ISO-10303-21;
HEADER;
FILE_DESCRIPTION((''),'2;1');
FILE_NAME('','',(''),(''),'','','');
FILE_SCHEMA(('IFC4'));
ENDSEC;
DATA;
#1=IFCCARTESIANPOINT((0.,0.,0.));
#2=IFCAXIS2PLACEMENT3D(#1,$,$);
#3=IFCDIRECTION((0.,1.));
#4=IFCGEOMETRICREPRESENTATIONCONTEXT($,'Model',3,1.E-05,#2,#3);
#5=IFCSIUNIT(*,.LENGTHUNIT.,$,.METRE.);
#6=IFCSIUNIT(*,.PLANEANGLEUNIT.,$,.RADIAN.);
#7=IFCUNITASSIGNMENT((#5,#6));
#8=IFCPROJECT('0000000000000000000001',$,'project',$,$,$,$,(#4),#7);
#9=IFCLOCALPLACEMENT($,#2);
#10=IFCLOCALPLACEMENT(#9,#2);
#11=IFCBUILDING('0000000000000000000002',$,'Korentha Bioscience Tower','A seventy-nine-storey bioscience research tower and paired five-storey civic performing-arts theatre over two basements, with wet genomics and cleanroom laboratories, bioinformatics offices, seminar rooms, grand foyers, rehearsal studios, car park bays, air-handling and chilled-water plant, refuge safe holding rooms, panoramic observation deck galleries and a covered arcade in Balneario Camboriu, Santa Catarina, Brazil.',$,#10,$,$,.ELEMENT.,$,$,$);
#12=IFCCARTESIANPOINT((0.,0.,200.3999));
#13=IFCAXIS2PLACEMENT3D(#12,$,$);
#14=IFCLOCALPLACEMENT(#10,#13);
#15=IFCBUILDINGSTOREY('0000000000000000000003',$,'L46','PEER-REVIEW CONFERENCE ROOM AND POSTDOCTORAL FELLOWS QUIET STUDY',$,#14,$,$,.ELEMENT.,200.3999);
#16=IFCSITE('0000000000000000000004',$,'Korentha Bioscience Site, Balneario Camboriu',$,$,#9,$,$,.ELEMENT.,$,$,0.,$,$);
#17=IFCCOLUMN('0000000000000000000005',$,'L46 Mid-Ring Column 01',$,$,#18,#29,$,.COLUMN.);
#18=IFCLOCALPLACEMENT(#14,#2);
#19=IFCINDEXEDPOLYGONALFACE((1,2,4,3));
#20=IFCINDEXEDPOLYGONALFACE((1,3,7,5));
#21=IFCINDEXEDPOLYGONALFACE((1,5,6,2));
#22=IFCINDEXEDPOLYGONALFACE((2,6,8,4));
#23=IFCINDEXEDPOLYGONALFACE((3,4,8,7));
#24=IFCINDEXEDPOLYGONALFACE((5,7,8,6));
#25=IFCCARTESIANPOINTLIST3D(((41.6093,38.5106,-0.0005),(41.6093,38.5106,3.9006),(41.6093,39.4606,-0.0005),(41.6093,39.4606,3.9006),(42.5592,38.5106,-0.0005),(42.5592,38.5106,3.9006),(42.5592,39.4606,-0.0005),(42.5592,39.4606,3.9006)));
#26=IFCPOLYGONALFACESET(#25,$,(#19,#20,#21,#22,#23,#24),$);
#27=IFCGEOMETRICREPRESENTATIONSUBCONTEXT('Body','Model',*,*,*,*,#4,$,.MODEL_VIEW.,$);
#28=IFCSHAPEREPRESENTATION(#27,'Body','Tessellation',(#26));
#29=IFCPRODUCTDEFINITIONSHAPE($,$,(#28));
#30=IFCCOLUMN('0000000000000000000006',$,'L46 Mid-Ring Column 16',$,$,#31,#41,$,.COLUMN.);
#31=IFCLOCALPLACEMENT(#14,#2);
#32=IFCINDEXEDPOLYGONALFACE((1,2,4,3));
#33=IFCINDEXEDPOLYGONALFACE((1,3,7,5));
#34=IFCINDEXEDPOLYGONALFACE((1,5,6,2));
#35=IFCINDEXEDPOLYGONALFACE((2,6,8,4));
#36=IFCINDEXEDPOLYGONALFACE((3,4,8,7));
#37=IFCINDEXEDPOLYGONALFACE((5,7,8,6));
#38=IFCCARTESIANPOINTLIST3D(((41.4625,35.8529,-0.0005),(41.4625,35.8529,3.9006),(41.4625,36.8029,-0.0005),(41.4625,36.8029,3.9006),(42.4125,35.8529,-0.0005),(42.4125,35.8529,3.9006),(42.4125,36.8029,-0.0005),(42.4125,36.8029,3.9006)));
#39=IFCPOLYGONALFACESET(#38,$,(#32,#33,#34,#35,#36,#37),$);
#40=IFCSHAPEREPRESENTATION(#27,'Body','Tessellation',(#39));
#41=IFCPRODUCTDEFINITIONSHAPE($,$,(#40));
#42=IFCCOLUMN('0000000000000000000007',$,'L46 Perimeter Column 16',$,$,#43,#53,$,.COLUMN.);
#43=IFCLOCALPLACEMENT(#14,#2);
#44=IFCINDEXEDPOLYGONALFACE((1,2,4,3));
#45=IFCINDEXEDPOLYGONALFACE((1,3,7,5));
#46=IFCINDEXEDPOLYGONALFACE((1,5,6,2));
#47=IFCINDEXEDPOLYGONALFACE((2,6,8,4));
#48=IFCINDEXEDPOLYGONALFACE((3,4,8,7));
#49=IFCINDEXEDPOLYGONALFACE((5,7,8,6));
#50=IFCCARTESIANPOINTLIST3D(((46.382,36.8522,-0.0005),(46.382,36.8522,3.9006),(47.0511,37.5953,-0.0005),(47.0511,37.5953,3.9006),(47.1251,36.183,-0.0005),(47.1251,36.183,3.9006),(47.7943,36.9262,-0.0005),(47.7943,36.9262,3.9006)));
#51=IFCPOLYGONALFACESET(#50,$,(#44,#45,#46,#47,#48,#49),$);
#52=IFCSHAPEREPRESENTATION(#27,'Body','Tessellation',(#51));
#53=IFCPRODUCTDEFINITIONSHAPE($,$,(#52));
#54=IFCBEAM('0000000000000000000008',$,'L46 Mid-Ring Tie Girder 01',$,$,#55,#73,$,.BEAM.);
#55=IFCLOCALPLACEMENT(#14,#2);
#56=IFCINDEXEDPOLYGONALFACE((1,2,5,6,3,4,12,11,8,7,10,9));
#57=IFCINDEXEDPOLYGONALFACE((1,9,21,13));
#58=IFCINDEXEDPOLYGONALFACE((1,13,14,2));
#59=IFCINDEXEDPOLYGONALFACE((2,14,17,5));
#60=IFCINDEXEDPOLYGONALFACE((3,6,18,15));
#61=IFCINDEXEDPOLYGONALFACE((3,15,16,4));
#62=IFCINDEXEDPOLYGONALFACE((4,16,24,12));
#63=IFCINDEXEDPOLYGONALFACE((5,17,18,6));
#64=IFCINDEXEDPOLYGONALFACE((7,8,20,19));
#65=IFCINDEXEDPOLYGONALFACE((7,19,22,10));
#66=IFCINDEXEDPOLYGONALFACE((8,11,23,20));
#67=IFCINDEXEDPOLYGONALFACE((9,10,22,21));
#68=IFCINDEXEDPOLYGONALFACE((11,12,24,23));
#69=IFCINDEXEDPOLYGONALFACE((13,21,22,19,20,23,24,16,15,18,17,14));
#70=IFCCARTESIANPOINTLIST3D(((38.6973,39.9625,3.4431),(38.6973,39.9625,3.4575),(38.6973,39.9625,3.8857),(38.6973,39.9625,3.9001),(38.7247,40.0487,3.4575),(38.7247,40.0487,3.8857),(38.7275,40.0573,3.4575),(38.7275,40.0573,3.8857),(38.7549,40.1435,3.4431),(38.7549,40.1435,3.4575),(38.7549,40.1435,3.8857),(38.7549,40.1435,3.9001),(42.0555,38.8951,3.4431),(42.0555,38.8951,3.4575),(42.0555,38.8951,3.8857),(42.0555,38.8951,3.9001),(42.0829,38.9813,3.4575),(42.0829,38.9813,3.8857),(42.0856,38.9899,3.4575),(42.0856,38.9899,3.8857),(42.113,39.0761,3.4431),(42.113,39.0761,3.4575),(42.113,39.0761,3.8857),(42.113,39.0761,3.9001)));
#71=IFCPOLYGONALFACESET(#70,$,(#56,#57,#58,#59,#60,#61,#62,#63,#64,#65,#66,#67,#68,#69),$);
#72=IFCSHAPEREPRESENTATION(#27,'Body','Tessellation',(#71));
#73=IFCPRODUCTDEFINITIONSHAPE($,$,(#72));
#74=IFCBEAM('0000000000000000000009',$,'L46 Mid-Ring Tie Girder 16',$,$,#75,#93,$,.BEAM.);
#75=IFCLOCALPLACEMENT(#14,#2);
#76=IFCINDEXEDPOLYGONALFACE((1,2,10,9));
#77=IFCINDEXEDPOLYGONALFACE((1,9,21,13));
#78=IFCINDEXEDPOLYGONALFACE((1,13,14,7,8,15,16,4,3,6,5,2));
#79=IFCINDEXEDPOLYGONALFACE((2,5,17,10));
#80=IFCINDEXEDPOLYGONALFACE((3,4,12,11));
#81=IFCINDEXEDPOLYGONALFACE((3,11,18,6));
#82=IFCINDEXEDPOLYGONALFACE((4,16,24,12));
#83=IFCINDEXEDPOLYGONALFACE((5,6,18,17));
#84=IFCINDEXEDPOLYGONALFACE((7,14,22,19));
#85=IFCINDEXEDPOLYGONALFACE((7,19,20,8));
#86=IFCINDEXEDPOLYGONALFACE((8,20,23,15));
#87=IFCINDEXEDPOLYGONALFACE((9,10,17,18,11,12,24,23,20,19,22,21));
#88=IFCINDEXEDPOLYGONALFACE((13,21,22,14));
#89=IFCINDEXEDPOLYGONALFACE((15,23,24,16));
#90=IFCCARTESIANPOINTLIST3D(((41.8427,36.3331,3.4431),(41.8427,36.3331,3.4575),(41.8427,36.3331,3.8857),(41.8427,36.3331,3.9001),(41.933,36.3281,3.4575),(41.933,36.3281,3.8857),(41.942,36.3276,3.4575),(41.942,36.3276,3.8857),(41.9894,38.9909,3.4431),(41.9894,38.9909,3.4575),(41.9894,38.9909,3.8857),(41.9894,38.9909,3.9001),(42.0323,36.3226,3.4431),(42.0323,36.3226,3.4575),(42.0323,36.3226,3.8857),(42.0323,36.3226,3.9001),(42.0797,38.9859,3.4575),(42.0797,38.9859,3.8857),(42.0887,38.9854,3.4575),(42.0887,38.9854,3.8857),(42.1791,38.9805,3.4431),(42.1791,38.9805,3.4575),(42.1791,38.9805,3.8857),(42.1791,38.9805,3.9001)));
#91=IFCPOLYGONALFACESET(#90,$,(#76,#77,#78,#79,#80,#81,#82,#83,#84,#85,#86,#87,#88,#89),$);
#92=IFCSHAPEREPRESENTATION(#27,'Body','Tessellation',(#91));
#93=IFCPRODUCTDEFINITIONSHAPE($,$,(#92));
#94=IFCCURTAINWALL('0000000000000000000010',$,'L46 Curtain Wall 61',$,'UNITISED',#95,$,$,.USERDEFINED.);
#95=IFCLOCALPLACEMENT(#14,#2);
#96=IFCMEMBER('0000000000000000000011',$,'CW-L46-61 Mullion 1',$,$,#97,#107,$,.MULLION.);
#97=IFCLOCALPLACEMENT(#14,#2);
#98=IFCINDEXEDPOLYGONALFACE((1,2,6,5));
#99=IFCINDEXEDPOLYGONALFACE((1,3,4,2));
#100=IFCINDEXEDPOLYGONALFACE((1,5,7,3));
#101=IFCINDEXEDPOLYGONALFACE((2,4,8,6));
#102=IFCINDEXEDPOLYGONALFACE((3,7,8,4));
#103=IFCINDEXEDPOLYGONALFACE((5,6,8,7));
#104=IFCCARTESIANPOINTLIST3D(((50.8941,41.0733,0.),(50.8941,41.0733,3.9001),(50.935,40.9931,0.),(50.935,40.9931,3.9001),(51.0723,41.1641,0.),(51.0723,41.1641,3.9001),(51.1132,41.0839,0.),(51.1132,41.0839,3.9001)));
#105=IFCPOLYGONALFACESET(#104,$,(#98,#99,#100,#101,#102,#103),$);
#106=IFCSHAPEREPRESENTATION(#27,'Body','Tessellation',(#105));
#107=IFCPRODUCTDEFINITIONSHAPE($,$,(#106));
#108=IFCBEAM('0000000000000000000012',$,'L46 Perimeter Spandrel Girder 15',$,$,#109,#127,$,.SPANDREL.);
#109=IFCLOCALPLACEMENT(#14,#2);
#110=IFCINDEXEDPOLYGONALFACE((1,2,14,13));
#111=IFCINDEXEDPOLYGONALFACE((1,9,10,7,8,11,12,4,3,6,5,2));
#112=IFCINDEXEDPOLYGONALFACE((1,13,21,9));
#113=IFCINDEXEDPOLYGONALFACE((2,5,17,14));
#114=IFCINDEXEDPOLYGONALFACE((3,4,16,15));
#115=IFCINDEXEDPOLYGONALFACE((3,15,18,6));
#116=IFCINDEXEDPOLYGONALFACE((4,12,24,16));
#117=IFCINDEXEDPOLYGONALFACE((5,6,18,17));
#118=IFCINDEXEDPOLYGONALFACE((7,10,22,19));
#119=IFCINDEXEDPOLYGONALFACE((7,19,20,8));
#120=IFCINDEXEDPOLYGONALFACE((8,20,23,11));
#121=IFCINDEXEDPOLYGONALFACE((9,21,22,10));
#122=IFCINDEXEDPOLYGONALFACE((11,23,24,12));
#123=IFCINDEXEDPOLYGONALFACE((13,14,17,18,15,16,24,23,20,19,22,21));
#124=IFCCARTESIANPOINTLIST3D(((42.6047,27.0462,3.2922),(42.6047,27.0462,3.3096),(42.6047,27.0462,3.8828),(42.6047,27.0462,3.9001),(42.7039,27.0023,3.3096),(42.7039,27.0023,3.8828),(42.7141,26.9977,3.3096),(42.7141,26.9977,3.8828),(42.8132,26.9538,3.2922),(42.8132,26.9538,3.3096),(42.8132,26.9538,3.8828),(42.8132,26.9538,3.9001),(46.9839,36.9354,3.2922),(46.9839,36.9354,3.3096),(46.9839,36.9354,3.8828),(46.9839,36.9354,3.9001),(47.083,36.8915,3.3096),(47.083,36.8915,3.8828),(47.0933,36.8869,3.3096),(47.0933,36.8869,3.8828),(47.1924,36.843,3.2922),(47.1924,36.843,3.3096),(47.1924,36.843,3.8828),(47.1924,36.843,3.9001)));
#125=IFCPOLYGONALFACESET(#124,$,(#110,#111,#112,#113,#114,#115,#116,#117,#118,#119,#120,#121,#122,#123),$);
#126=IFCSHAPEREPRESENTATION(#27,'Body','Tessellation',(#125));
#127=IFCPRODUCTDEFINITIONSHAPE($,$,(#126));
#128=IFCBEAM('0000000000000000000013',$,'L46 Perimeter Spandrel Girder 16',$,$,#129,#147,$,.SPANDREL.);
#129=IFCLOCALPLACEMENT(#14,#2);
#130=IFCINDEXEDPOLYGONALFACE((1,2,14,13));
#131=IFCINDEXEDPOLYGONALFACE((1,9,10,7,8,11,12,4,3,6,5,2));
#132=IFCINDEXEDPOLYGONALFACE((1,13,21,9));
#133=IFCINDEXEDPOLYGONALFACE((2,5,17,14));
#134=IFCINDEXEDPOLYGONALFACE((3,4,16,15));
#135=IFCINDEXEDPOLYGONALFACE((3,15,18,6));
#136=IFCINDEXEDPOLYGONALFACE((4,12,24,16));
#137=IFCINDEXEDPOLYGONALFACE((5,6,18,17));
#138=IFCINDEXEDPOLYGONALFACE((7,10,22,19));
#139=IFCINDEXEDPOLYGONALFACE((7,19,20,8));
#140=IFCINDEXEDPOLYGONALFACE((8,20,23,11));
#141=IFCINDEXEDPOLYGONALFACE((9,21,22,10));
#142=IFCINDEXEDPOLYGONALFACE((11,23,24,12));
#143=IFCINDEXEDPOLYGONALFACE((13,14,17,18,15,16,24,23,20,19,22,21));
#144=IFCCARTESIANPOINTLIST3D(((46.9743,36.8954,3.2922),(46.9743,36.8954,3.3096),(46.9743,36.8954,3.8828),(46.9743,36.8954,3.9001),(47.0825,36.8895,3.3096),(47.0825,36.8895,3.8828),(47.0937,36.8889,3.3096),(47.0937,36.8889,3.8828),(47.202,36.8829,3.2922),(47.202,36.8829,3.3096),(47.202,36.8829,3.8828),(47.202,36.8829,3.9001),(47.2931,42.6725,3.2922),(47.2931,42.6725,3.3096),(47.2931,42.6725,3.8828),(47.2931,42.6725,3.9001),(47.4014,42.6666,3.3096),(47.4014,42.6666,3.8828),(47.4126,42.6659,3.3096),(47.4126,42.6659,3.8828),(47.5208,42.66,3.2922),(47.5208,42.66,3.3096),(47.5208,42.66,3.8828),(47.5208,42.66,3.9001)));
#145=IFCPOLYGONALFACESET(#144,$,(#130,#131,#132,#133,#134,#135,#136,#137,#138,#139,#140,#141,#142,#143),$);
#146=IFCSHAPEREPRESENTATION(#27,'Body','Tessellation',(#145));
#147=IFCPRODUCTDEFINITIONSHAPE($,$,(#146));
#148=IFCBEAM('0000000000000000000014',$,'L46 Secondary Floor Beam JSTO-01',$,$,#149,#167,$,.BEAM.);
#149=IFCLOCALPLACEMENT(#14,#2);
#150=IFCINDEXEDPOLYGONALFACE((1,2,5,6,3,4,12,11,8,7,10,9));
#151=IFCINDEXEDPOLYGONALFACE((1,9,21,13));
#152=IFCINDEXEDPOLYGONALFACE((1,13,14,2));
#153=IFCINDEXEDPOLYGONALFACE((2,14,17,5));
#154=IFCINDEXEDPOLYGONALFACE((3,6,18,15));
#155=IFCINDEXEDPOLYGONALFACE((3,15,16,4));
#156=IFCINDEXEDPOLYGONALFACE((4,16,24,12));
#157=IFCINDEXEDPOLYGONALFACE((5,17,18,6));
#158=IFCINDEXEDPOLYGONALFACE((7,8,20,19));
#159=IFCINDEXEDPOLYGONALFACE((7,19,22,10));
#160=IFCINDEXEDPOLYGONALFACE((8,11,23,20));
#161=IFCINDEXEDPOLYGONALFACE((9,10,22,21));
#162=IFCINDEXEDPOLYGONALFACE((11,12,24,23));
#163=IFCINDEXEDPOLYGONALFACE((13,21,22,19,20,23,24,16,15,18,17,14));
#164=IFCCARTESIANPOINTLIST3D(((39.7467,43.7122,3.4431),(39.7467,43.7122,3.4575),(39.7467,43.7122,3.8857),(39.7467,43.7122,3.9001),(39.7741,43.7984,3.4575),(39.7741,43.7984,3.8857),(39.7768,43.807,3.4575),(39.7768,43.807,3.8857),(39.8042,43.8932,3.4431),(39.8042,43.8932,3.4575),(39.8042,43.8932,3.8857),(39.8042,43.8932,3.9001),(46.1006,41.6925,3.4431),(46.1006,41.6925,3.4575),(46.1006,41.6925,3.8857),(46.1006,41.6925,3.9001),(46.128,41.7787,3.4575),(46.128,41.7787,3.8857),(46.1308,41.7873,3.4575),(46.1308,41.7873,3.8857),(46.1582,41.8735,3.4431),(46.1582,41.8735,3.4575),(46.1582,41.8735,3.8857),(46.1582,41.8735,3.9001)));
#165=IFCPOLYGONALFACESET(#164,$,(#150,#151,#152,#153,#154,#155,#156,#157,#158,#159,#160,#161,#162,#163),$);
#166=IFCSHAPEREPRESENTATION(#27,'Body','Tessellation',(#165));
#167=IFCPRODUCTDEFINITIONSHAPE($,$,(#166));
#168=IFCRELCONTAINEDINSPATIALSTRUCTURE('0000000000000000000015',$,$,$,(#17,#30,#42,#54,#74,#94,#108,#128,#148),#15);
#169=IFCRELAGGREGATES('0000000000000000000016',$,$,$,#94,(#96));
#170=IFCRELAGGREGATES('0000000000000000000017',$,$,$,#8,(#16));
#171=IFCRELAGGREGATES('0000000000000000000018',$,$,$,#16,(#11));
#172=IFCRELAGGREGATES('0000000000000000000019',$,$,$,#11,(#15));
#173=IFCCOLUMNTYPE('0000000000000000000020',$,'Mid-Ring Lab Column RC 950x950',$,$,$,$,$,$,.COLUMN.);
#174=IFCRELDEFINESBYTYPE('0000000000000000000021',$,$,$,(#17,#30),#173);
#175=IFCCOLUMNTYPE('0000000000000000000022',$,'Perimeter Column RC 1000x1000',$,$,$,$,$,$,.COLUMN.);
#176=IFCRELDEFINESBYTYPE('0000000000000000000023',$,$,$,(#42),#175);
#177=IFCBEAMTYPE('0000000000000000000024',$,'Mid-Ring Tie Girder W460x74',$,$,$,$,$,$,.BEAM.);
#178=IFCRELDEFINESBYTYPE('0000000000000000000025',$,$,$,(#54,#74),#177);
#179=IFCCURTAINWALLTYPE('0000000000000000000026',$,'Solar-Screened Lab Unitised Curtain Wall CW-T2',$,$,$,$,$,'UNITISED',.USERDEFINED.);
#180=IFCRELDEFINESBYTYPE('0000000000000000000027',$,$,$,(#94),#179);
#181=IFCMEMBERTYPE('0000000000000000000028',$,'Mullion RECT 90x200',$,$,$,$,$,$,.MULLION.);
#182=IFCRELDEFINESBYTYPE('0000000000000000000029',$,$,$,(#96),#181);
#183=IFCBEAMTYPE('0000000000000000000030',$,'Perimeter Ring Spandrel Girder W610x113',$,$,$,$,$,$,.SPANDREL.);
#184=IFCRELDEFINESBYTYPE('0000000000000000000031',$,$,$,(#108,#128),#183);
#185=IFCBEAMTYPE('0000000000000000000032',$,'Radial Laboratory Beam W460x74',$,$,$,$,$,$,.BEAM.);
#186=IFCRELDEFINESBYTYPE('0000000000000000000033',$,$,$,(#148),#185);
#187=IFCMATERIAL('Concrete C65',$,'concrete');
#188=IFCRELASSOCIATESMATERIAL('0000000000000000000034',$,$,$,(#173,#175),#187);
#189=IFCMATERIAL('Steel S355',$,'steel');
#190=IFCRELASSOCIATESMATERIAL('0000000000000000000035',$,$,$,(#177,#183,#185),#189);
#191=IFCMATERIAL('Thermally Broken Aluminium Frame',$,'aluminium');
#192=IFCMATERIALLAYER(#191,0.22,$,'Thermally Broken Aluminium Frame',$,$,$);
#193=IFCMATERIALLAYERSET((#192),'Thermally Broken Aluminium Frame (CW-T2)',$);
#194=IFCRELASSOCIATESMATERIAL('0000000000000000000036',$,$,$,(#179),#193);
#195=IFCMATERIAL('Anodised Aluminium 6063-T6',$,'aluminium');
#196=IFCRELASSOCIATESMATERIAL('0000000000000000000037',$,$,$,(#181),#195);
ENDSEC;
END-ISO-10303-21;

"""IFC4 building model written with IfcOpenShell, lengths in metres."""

from ifc_helpers import new_model, si_unit, direction, frame, origin, origin_2d, place, context, subcontext, project, spatial, rectangle, i_section, extrude, material, layer, layer_set, material_profile, profile_set, type_object, element, aggregate, save


model = new_model("IFC4")

# Units and contexts
model_context = context("Model", 3, precision=1e-05, world=origin(), true_north=direction((0.0, 1.0)))
body_context = subcontext(model_context, "Body", "Model", "MODEL_VIEW")
ifc_project = project(units=[si_unit("LENGTHUNIT", "METRE"), si_unit("PLANEANGLEUNIT", "RADIAN")], contexts=[model_context])

# Site, building, storey
site_placement = place(None, origin())
site = spatial("IfcSite", under=ifc_project, at=site_placement, Name="Korentha Bioscience Site, Balneario Camboriu", CompositionType="ELEMENT", RefElevation=0.0)
building_placement = place(site_placement, origin())
building = spatial("IfcBuilding", under=site, at=building_placement, Name="Korentha Bioscience Tower", Description="A seventy-nine-storey bioscience research tower and paired five-storey civic performing-arts theatre over two basements, with wet genomics and cleanroom laboratories, bioinformatics offices, seminar rooms, grand foyers, rehearsal studios, car park bays, air-handling and chilled-water plant, refuge safe holding rooms, panoramic observation deck galleries and a covered arcade in Balneario Camboriu, Santa Catarina, Brazil.", CompositionType="ELEMENT")
storey_placement = place(building_placement, frame((0.0, 0.0, 200.3999)))
storey = spatial("IfcBuildingStorey", under=building, at=storey_placement, Name="L46", Description="PEER-REVIEW CONFERENCE ROOM AND POSTDOCTORAL FELLOWS QUIET STUDY", CompositionType="ELEMENT", Elevation=200.3999)

# Columns
ifc_material_1 = material(Name="Concrete C65", Category="concrete")
ifc_material_profile_1 = material_profile(ifc_material_1, rectangle(XDim=0.95, YDim=0.95, at=origin_2d()), Name="Concrete C65")
ifc_profile_set_1 = profile_set([ifc_material_profile_1], Name="Concrete C65 (COL-MR09)")
column_type_1 = type_object("IfcColumnType", Name="Mid-Ring Lab Column RC 950x950", PredefinedType="COLUMN", material=ifc_profile_set_1)
for number, where, z_axis, x_axis, name in (
    (1, (42.0842, 38.9856, -0.0005), (0.0, 0.0, 1.0), (1.0, 0.0, 0.0), "L46 Mid-Ring Column 01"),
    (2, (41.9375, 36.3279, -0.0005), (0.0, 0.0, 1.0), (1.0, 0.0, 0.0), "L46 Mid-Ring Column 16"),
):
    element("IfcColumn", number, at=place(storey_placement, frame(where, z_axis=z_axis, x_axis=x_axis)), inside=storey, type_object=column_type_1, Name=name, PredefinedType="COLUMN", context=body_context, shape_type="SweptSolid", body=[
        extrude(rectangle(XDim=0.95, YDim=0.95, at=origin_2d()), origin(), (0.0, 0.0, 1.0), 3.9011),
    ])
ifc_material_profile_2 = material_profile(ifc_material_1, rectangle(XDim=1.0, YDim=1.0, at=origin_2d()), Name="Concrete C65")
ifc_profile_set_2 = profile_set([ifc_material_profile_2], Name="Concrete C65 (COL-P10)")
column_type_2 = type_object("IfcColumnType", Name="Perimeter Column RC 1000x1000", PredefinedType="COLUMN", material=ifc_profile_set_2)
column_placement = place(storey_placement, frame((47.0881, 36.8892, -0.0005), z_axis=(0.0, 0.0, 1.0), x_axis=(0.669131, 0.743145, 0.0)))
element("IfcColumn", 3, at=column_placement, inside=storey, type_object=column_type_2, Name="L46 Perimeter Column 16", PredefinedType="COLUMN", context=body_context, shape_type="SweptSolid", body=[
    extrude(rectangle(XDim=1.0, YDim=1.0, at=origin_2d()), origin(), (0.0, 0.0, 1.0), 3.9011),
])

# Beams
ifc_material_2 = material(Name="Steel S355", Category="steel")
ifc_material_profile_3 = material_profile(ifc_material_2, i_section(OverallWidth=0.1899, OverallDepth=0.457, WebThickness=0.009, FlangeThickness=0.0144, at=origin_2d()), Name="Steel S355")
ifc_profile_set_3 = profile_set([ifc_material_profile_3], Name="Steel S355 (MB-460)")
beam_type_1 = type_object("IfcBeamType", Name="Mid-Ring Tie Girder W460x74", PredefinedType="BEAM", material=ifc_profile_set_3)
beam_1_placement = place(storey_placement, frame((42.0842, 38.9856, 3.6716), z_axis=(-0.953018, 0.302915, 0.0), x_axis=(-0.302915, -0.953018, 0.0)))
element("IfcBeam", 4, at=beam_1_placement, inside=storey, type_object=beam_type_1, Name="L46 Mid-Ring Tie Girder 01", PredefinedType="BEAM", context=body_context, shape_type="SweptSolid", body=[
    extrude(i_section(OverallWidth=0.1899, OverallDepth=0.457, WebThickness=0.009, FlangeThickness=0.0144, at=origin_2d()), origin(), (0.0, 0.0, 1.0), 3.5237),
])
beam_2_placement = place(storey_placement, frame((41.9375, 36.3279, 3.6716), z_axis=(0.055125, 0.998479, 0.0), x_axis=(-0.998479, 0.055125, 0.0)))
element("IfcBeam", 5, at=beam_2_placement, inside=storey, type_object=beam_type_1, Name="L46 Mid-Ring Tie Girder 16", PredefinedType="BEAM", context=body_context, shape_type="SweptSolid", body=[
    extrude(i_section(OverallWidth=0.1899, OverallDepth=0.457, WebThickness=0.009, FlangeThickness=0.0144, at=origin_2d()), origin(), (0.0, 0.0, 1.0), 2.6619),
])

# Curtain wall, member
ifc_material_3 = material(Name="Thermally Broken Aluminium Frame", Category="aluminium")
ifc_layer_1 = layer(ifc_material_3, 0.22, Name="Thermally Broken Aluminium Frame")
ifc_layer_set_1 = layer_set([ifc_layer_1], Name="Thermally Broken Aluminium Frame (CW-T2)")
curtain_wall_type = type_object("IfcCurtainWallType", Name="Solar-Screened Lab Unitised Curtain Wall CW-T2", ElementType="UNITISED", PredefinedType="USERDEFINED", material=ifc_layer_set_1)
curtain_wall_placement = place(storey_placement, origin())
curtain_wall = element("IfcCurtainWall", 6, at=curtain_wall_placement, inside=storey, type_object=curtain_wall_type, Name="L46 Curtain Wall 61", ObjectType="UNITISED", PredefinedType="USERDEFINED")
ifc_material_4 = material(Name="Anodised Aluminium 6063-T6", Category="aluminium")
ifc_material_profile_4 = material_profile(ifc_material_4, rectangle(XDim=0.0901, YDim=0.2, at=origin_2d()), Name="Anodised Aluminium 6063-T6")
ifc_profile_set_4 = profile_set([ifc_material_profile_4], Name="Anodised Aluminium 6063-T6 (CW-MUL)")
member_type_1 = type_object("IfcMemberType", Name="Mullion RECT 90x200", PredefinedType="MULLION", material=ifc_profile_set_4)
member_1_placement = place(storey_placement, frame((51.0037, 41.0786, 0.0), z_axis=(0.0, 0.0, 1.0), x_axis=(-0.454116, 0.890943, 0.0)))
member_1 = element("IfcMember", 7, at=member_1_placement, type_object=member_type_1, Name="CW-L46-61 Mullion 1", PredefinedType="MULLION", context=body_context, shape_type="SweptSolid", body=[
    extrude(rectangle(XDim=0.0901, YDim=0.2, at=origin_2d()), origin(), (0.0, 0.0, 1.0), 3.9001),
])

# Beams
ifc_material_profile_5 = material_profile(ifc_material_2, i_section(OverallWidth=0.228, OverallDepth=0.6079, WebThickness=0.0112, FlangeThickness=0.0173, at=origin_2d()), Name="Steel S355")
ifc_profile_set_5 = profile_set([ifc_material_profile_5], Name="Steel S355 (SB-610)")
beam_type_2 = type_object("IfcBeamType", Name="Perimeter Ring Spandrel Girder W610x113", PredefinedType="SPANDREL", material=ifc_profile_set_5)
beam_3_placement = place(storey_placement, frame((42.709, 27.0, 3.5962), z_axis=(0.4049, 0.914361, 0.0), x_axis=(-0.914361, 0.4049, 0.0)))
element("IfcBeam", 8, at=beam_3_placement, inside=storey, type_object=beam_type_2, Name="L46 Perimeter Spandrel Girder 15", PredefinedType="SPANDREL", context=body_context, shape_type="SweptSolid", body=[
    extrude(i_section(OverallWidth=0.228, OverallDepth=0.6079, WebThickness=0.0112, FlangeThickness=0.0173, at=origin_2d()), origin(), (0.0, 0.0, 1.0), 10.8154),
])
beam_4_placement = place(storey_placement, frame((47.0881, 36.8892, 3.5962), z_axis=(0.055108, 0.99848, 0.0), x_axis=(-0.99848, 0.055108, 0.0)))
element("IfcBeam", 9, at=beam_4_placement, inside=storey, type_object=beam_type_2, Name="L46 Perimeter Spandrel Girder 16", PredefinedType="SPANDREL", context=body_context, shape_type="SweptSolid", body=[
    extrude(i_section(OverallWidth=0.228, OverallDepth=0.6079, WebThickness=0.0112, FlangeThickness=0.0173, at=origin_2d()), origin(), (0.0, 0.0, 1.0), 5.7859),
])
ifc_material_profile_6 = material_profile(ifc_material_2, i_section(OverallWidth=0.1899, OverallDepth=0.457, WebThickness=0.009, FlangeThickness=0.0144, at=origin_2d()), Name="Steel S355")
ifc_profile_set_6 = profile_set([ifc_material_profile_6], Name="Steel S355 (RB-460)")
beam_type_3 = type_object("IfcBeamType", Name="Radial Laboratory Beam W460x74", PredefinedType="BEAM", material=ifc_profile_set_6)
beam_5_placement = place(storey_placement, frame((46.1294, 41.783, 3.6716), z_axis=(-0.95301, 0.302938, 0.0), x_axis=(-0.302938, -0.95301, 0.0)))
element("IfcBeam", 10, at=beam_5_placement, inside=storey, type_object=beam_type_3, Name="L46 Secondary Floor Beam JSTO-01", PredefinedType="BEAM", context=body_context, shape_type="SweptSolid", body=[
    extrude(i_section(OverallWidth=0.1899, OverallDepth=0.457, WebThickness=0.009, FlangeThickness=0.0144, at=origin_2d()), origin(), (0.0, 0.0, 1.0), 6.6672),
])

aggregate(curtain_wall, [member_1])

save(model, "model.ifc")
